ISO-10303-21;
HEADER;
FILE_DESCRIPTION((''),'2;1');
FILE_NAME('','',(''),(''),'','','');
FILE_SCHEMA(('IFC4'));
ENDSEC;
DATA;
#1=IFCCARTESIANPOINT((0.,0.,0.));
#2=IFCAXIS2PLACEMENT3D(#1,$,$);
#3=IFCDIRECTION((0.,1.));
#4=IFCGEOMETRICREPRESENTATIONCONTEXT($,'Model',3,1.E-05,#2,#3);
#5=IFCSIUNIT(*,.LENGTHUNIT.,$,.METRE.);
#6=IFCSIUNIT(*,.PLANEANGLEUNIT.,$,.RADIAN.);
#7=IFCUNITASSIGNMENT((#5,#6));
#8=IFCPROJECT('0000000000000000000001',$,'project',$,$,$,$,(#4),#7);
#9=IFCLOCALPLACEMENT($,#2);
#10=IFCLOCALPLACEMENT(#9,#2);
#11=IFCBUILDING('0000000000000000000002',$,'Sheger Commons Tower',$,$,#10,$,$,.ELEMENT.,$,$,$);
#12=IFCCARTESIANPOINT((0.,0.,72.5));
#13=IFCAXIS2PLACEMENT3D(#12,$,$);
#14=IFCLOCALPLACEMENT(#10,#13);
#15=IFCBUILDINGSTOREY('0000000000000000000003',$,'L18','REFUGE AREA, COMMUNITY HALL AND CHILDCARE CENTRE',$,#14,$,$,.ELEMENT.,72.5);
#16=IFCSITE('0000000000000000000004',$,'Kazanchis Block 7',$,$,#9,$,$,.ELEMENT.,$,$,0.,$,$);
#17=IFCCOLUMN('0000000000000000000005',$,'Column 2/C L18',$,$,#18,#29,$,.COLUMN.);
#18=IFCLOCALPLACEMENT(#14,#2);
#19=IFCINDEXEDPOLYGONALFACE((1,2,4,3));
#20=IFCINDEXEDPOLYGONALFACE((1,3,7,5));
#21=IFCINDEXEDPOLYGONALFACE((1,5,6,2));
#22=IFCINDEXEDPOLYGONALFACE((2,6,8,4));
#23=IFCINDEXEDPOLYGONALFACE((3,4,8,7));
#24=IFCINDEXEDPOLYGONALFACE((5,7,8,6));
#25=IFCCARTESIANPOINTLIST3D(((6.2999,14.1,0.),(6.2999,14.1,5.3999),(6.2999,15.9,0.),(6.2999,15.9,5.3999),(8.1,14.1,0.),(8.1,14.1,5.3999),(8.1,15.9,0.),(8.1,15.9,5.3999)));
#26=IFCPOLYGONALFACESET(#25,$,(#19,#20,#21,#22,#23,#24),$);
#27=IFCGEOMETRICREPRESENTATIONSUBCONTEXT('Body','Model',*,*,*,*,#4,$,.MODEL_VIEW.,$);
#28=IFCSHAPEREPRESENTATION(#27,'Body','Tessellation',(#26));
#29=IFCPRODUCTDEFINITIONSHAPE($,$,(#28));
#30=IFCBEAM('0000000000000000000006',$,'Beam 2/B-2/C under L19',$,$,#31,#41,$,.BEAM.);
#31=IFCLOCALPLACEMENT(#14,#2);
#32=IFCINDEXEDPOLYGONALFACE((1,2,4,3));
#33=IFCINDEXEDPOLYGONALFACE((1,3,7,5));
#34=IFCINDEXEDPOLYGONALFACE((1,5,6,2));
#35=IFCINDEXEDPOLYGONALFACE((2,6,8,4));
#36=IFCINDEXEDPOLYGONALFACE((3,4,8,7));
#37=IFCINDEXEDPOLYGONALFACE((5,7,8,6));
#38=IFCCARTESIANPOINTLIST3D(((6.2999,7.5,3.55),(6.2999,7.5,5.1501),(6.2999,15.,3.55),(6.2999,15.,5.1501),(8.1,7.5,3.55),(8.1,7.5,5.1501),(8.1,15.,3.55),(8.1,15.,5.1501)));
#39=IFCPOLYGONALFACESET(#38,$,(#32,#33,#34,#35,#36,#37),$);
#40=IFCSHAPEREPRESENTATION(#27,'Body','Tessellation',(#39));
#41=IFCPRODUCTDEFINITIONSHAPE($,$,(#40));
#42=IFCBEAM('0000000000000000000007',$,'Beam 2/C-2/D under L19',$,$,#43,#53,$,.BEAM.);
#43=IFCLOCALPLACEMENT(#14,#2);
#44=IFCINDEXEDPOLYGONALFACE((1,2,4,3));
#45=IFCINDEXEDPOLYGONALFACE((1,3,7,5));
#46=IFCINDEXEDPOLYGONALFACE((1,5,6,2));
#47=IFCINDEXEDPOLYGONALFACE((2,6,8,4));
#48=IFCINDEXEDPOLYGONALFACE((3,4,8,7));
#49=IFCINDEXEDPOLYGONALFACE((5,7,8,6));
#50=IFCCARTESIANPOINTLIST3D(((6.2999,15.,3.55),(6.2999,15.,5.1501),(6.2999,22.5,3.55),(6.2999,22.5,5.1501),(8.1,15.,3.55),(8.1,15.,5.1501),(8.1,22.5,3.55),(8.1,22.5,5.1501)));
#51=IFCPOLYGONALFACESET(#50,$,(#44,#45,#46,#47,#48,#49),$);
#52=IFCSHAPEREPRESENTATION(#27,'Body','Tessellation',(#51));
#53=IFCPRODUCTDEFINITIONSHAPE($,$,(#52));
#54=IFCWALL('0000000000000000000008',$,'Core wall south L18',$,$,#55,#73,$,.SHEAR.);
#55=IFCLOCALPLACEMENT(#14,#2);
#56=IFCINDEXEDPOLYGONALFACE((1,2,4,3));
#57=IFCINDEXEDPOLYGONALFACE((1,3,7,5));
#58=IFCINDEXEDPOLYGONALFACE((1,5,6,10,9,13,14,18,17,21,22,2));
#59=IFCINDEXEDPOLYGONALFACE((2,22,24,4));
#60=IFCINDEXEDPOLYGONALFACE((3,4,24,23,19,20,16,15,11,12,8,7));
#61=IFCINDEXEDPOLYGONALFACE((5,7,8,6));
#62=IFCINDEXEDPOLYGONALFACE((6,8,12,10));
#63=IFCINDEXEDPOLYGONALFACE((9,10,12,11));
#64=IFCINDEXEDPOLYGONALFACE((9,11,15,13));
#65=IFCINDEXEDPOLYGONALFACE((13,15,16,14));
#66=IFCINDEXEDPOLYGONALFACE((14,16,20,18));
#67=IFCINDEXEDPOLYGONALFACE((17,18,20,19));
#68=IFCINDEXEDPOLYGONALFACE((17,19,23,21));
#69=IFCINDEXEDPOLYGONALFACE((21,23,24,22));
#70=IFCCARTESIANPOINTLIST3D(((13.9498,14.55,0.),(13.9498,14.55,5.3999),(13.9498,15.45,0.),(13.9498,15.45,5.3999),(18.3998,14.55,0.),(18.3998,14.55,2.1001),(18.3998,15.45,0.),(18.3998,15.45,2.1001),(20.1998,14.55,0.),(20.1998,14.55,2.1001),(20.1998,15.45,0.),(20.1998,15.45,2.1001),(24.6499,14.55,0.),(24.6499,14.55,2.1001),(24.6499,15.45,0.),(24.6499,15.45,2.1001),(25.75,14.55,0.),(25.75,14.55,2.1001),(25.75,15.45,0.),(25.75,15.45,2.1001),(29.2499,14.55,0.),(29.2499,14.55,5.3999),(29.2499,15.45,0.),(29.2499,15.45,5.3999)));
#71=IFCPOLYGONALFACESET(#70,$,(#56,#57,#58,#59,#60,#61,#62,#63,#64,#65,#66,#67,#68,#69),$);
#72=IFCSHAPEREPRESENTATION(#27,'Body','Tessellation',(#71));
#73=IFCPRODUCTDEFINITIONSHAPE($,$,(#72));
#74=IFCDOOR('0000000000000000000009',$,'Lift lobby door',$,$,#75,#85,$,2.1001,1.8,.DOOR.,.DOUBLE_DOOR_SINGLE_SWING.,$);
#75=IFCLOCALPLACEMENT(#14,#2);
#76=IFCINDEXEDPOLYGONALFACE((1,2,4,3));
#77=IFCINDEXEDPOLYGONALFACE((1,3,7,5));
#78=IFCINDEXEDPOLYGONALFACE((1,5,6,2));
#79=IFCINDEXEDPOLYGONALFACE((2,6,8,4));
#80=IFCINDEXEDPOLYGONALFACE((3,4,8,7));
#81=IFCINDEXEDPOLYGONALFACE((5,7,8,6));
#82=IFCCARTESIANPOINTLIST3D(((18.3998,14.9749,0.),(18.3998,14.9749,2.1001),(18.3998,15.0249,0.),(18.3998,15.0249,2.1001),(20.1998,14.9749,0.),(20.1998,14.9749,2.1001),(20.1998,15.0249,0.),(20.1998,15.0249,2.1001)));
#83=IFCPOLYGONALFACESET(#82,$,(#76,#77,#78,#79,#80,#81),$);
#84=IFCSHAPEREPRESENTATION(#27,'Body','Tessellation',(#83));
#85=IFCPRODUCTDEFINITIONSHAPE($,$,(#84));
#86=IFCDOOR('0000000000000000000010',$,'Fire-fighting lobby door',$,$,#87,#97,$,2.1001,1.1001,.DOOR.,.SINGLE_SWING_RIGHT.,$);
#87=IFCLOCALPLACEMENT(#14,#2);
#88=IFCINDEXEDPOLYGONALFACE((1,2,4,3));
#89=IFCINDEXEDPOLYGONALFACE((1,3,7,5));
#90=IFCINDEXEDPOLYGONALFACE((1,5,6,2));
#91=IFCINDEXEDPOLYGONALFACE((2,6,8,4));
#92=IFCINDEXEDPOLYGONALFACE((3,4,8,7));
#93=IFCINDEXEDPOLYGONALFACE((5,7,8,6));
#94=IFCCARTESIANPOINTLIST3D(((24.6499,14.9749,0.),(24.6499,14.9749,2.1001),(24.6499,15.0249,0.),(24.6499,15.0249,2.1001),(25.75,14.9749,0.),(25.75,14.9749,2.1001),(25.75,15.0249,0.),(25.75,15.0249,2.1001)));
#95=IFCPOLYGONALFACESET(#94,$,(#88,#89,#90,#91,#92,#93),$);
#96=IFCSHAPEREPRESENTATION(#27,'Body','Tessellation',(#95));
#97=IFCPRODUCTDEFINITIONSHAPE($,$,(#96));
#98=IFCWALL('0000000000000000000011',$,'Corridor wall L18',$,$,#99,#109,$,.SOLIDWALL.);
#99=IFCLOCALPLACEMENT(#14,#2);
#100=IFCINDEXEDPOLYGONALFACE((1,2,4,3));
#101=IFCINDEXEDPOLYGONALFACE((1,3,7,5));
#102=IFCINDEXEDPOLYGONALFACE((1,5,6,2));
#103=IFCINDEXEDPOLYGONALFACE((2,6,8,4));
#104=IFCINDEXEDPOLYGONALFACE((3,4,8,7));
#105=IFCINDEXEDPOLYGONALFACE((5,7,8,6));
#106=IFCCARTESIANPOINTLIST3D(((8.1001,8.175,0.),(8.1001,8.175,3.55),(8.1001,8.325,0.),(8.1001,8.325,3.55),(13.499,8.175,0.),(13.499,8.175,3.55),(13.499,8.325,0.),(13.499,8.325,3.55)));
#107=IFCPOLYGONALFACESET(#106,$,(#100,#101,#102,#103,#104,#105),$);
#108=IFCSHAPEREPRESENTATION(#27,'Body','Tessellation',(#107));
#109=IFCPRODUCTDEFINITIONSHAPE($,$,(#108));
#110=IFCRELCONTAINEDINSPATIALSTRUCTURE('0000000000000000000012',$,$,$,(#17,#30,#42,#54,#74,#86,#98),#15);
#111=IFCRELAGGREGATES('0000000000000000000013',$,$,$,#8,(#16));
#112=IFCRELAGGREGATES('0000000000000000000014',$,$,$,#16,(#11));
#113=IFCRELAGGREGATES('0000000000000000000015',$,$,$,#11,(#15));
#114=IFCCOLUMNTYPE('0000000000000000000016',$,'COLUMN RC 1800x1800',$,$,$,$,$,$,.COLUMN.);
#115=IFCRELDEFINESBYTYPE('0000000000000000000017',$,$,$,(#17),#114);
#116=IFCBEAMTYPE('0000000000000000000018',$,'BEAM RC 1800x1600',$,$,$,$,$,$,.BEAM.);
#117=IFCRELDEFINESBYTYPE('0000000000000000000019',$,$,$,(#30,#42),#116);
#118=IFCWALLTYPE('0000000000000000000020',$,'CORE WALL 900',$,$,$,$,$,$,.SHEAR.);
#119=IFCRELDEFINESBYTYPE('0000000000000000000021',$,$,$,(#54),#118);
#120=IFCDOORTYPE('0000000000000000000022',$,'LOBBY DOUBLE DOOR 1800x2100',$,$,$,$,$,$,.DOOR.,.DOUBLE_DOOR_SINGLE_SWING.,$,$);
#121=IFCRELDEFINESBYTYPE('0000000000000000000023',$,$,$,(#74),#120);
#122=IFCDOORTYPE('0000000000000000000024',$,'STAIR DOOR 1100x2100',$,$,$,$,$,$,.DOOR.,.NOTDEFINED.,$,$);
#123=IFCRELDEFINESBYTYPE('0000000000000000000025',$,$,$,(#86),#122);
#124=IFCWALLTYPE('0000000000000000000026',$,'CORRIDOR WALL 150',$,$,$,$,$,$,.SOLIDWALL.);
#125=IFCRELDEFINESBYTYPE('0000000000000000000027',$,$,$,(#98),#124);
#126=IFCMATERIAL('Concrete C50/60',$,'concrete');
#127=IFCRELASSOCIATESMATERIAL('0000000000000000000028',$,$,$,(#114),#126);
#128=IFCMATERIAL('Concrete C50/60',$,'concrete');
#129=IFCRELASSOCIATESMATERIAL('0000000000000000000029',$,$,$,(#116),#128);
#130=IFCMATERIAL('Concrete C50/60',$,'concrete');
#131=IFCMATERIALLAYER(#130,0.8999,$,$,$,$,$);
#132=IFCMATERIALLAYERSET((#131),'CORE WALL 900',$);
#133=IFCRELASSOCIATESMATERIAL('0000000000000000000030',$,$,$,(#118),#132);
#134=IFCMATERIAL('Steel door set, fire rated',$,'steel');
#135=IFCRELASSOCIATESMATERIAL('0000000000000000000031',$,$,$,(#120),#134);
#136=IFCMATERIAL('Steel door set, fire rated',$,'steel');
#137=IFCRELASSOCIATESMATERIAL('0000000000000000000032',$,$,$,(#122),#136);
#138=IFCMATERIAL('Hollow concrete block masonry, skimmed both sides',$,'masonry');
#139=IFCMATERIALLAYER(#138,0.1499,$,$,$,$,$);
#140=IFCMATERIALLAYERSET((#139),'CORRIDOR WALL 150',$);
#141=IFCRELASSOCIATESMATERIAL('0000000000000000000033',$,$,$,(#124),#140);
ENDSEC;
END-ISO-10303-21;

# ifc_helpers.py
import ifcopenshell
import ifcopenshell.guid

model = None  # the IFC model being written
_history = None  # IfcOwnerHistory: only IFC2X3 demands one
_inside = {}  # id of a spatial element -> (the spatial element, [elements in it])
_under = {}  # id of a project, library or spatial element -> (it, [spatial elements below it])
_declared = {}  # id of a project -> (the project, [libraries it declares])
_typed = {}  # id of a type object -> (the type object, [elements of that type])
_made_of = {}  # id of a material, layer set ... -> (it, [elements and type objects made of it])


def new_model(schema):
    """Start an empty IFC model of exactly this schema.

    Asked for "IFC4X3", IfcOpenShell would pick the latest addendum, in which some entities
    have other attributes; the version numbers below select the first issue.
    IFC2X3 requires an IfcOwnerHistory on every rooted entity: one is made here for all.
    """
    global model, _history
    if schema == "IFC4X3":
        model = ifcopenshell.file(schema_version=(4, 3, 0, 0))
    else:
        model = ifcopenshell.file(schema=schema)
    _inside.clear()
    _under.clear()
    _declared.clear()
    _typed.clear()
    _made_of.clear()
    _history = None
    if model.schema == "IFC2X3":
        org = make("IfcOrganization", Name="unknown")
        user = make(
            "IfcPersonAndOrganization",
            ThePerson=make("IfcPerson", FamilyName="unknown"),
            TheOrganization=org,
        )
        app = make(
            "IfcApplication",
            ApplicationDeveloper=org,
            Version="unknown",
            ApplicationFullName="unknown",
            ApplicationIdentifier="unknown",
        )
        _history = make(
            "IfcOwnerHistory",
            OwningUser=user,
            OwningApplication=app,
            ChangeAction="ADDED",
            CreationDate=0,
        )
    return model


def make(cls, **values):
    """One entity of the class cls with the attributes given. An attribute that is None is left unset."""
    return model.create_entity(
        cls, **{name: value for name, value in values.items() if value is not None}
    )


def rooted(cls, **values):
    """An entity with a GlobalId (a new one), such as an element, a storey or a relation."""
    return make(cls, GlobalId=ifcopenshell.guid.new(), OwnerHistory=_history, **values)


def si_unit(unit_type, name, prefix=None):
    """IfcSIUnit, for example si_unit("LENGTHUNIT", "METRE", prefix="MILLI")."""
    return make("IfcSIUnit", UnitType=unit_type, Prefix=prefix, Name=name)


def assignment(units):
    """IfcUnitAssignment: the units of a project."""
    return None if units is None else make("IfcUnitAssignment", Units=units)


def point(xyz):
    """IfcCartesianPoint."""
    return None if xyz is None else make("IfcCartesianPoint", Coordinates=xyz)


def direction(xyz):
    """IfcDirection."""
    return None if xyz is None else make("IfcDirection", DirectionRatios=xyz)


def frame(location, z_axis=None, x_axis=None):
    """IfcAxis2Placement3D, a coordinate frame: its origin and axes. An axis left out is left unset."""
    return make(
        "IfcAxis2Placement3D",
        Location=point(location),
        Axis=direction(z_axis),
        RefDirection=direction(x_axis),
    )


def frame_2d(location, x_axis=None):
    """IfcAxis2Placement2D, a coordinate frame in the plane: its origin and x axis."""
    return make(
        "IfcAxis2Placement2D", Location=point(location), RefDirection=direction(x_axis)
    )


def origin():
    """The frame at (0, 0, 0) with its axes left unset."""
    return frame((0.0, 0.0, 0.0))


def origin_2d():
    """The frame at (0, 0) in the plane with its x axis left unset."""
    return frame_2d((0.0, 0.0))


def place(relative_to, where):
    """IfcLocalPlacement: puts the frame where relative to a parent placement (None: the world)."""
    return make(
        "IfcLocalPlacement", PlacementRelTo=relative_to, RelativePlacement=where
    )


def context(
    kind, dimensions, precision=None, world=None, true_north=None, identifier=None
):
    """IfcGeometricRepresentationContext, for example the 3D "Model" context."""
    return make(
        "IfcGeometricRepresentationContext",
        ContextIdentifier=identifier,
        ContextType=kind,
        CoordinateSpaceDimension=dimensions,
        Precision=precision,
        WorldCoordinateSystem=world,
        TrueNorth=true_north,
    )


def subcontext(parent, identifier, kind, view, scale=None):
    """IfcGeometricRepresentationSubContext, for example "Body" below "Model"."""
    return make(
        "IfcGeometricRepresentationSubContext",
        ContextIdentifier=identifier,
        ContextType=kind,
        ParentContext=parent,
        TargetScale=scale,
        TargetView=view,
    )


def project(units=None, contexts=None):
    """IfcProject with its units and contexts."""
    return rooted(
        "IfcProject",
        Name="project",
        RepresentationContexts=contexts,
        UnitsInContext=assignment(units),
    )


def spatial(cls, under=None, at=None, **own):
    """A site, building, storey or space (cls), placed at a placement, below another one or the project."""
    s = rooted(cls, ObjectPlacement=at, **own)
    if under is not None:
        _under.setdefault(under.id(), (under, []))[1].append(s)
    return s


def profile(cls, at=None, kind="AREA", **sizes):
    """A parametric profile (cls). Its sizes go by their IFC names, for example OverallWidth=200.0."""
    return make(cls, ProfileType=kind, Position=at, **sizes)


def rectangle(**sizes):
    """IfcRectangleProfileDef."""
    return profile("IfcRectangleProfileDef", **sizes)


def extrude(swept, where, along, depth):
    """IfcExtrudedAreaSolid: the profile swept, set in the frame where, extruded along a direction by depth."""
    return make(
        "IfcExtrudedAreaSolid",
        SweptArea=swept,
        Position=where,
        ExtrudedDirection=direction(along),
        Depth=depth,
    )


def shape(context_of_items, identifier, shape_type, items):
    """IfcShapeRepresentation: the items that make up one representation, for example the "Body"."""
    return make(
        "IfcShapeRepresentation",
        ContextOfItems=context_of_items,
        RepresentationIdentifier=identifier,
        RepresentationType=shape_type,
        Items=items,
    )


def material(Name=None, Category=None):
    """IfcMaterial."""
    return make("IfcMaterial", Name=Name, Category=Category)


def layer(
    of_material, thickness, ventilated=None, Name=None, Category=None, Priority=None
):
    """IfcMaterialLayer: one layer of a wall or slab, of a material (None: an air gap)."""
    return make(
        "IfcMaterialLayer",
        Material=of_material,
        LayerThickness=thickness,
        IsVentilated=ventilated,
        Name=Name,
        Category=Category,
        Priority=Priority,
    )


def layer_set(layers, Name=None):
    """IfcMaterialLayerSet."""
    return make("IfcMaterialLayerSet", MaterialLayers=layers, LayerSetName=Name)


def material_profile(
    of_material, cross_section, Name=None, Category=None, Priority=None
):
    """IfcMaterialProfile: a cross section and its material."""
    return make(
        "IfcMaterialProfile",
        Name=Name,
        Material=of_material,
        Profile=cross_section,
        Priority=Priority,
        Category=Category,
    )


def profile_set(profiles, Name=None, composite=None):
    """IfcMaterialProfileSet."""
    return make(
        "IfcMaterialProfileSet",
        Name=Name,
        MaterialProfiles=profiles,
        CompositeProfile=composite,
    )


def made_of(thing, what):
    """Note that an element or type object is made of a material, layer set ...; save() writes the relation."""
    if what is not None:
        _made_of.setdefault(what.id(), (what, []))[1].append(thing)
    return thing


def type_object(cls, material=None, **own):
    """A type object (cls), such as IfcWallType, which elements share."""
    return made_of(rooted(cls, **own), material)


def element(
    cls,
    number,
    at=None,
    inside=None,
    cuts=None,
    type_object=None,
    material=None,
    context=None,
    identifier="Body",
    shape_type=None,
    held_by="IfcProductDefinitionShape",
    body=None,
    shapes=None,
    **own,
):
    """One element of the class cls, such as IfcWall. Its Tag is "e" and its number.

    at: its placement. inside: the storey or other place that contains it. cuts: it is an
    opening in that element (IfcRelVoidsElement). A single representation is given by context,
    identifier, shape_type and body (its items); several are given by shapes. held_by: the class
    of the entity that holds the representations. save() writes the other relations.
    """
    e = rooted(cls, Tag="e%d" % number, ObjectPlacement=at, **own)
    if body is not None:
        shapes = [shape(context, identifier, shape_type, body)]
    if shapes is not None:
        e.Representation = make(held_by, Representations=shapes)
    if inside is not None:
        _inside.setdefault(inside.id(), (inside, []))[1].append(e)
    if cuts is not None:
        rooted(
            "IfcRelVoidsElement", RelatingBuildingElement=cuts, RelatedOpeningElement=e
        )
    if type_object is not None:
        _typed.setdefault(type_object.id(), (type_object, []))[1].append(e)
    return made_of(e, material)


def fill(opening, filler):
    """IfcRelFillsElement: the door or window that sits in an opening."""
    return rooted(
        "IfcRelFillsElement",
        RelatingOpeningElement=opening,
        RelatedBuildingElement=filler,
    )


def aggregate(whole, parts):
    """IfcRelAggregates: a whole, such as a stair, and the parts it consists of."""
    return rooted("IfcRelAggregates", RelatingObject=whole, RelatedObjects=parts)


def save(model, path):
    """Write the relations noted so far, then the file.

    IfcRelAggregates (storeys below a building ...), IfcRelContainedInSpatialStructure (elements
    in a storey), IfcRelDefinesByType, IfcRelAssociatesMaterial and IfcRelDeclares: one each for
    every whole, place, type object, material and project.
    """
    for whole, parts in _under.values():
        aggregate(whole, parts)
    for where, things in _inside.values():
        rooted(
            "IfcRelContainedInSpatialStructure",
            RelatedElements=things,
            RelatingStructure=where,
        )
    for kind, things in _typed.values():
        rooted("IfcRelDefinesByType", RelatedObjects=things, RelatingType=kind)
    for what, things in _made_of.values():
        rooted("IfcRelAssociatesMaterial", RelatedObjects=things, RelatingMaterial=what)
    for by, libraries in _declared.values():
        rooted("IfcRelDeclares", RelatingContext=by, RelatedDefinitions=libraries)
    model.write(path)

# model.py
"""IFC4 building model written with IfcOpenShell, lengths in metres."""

from ifc_helpers import new_model, si_unit, direction, frame, frame_2d, origin, origin_2d, place, context, subcontext, project, spatial, rectangle, extrude, material, layer, layer_set, material_profile, profile_set, type_object, element, fill, save


model = new_model("IFC4")

# Units and contexts
model_context = context("Model", 3, precision=1e-05, world=origin(), true_north=direction((0.0, 1.0)))
body_context = subcontext(model_context, "Body", "Model", "MODEL_VIEW")
ifc_project = project(units=[si_unit("LENGTHUNIT", "METRE"), si_unit("PLANEANGLEUNIT", "RADIAN")], contexts=[model_context])

# Site, building, storey
site_placement = place(None, origin())
site = spatial("IfcSite", under=ifc_project, at=site_placement, Name="Kazanchis Block 7", CompositionType="ELEMENT", RefElevation=0.0)
building_placement = place(site_placement, origin())
building = spatial("IfcBuilding", under=site, at=building_placement, Name="Sheger Commons Tower", CompositionType="ELEMENT")
storey_placement = place(building_placement, frame((0.0, 0.0, 72.5)))
storey = spatial("IfcBuildingStorey", under=building, at=storey_placement, Name="L18", Description="REFUGE AREA, COMMUNITY HALL AND CHILDCARE CENTRE", CompositionType="ELEMENT", Elevation=72.5)

# Column
ifc_material_1 = material(Name="Concrete C50/60", Category="concrete")
ifc_material_profile_1 = material_profile(ifc_material_1, rectangle(XDim=1.8, YDim=1.8, at=origin_2d()), Name="RC 1800x1800")
ifc_profile_set_1 = profile_set([ifc_material_profile_1], Name="Concrete C50/60")
column_type = type_object("IfcColumnType", Name="COLUMN RC 1800x1800", PredefinedType="COLUMN", material=ifc_profile_set_1)
column_placement = place(storey_placement, frame((7.2, 15.0, 0.0), z_axis=(0.0, 0.0, 1.0), x_axis=(1.0, 0.0, 0.0)))
element("IfcColumn", 1, at=column_placement, inside=storey, type_object=column_type, Name="Column 2/C L18", PredefinedType="COLUMN", context=body_context, shape_type="SweptSolid", body=[
    extrude(rectangle(XDim=1.8, YDim=1.8, at=origin_2d()), origin(), (0.0, 0.0, 1.0), 5.3999),
])

# Beams
ifc_material_2 = material(Name="Concrete C50/60", Category="concrete")
ifc_material_profile_2 = material_profile(ifc_material_2, rectangle(XDim=1.8, YDim=1.6001, at=origin_2d()), Name="RC 1800x1600")
ifc_profile_set_2 = profile_set([ifc_material_profile_2], Name="Concrete C50/60")
beam_type = type_object("IfcBeamType", Name="BEAM RC 1800x1600", PredefinedType="BEAM", material=ifc_profile_set_2)
for number, where, z_axis, x_axis, name in (
    (2, (7.2, 7.5, 4.3501), (0.0, 1.0, 0.0), (-1.0, 0.0, 0.0), "Beam 2/B-2/C under L19"),
    (3, (7.2, 15.0, 4.3501), (0.0, 1.0, 0.0), (-1.0, 0.0, 0.0), "Beam 2/C-2/D under L19"),
):
    element("IfcBeam", number, at=place(storey_placement, frame(where, z_axis=z_axis, x_axis=x_axis)), inside=storey, type_object=beam_type, Name=name, PredefinedType="BEAM", context=body_context, shape_type="SweptSolid", body=[
        extrude(rectangle(XDim=1.8, YDim=1.6001, at=origin_2d()), origin(), (0.0, 0.0, 1.0), 7.5),
    ])

# Wall, openings, doors
ifc_material_3 = material(Name="Concrete C50/60", Category="concrete")
ifc_layer_1 = layer(ifc_material_3, 0.8999)
ifc_layer_set_1 = layer_set([ifc_layer_1], Name="CORE WALL 900")
wall_type_1 = type_object("IfcWallType", Name="CORE WALL 900", PredefinedType="SHEAR", material=ifc_layer_set_1)
wall_1_placement = place(storey_placement, frame((13.95, 15.0, 0.0), z_axis=(0.0, 0.0, 1.0), x_axis=(1.0, 0.0, 0.0)))
wall_1 = element("IfcWall", 4, at=wall_1_placement, inside=storey, type_object=wall_type_1, Name="Core wall south L18", PredefinedType="SHEAR", context=body_context, shape_type="SweptSolid", body=[
    extrude(rectangle(XDim=15.3, YDim=0.8999, at=frame_2d((7.6499, 0.0))), origin(), (0.0, 0.0, 1.0), 5.3999),
])
opening_1_placement = place(wall_1_placement, frame((4.45, 0.0, 0.0)))
opening_1 = element("IfcOpeningElement", 5, at=opening_1_placement, cuts=wall_1, PredefinedType="OPENING", context=body_context, shape_type="SweptSolid", body=[
    extrude(rectangle(XDim=1.8, YDim=2.1001, at=frame_2d((0.8999, 1.05))), frame((0.0, 0.46, 0.0), z_axis=(0.0, -1.0, 0.0), x_axis=(1.0, 0.0, 0.0)), (0.0, 0.0, 1.0), 0.9199),
])
opening_2_placement = place(wall_1_placement, frame((10.7, 0.0, 0.0)))
opening_2 = element("IfcOpeningElement", 6, at=opening_2_placement, cuts=wall_1, PredefinedType="OPENING", context=body_context, shape_type="SweptSolid", body=[
    extrude(rectangle(XDim=1.1001, YDim=2.1001, at=frame_2d((0.55, 1.05))), frame((0.0, 0.46, 0.0), z_axis=(0.0, -1.0, 0.0), x_axis=(1.0, 0.0, 0.0)), (0.0, 0.0, 1.0), 0.9199),
])
ifc_material_4 = material(Name="Steel door set, fire rated", Category="steel")
door_type_1 = type_object("IfcDoorType", Name="LOBBY DOUBLE DOOR 1800x2100", OperationType="DOUBLE_DOOR_SINGLE_SWING", PredefinedType="DOOR", material=ifc_material_4)
door_1_placement = place(opening_1_placement, origin())
door_1 = element("IfcDoor", 7, at=door_1_placement, inside=storey, type_object=door_type_1, Name="Lift lobby door", OperationType="DOUBLE_DOOR_SINGLE_SWING", OverallHeight=2.1001, OverallWidth=1.8, PredefinedType="DOOR", context=body_context, shape_type="SweptSolid", body=[
    extrude(rectangle(XDim=1.8, YDim=2.1001, at=frame_2d((0.8999, 1.05))), frame((0.0, 0.0249, 0.0), z_axis=(0.0, -1.0, 0.0), x_axis=(1.0, 0.0, 0.0)), (0.0, 0.0, 1.0), 0.05),
])
fill(opening_1, door_1)
ifc_material_5 = material(Name="Steel door set, fire rated", Category="steel")
door_type_2 = type_object("IfcDoorType", Name="STAIR DOOR 1100x2100", OperationType="NOTDEFINED", PredefinedType="DOOR", material=ifc_material_5)
door_2_placement = place(opening_2_placement, origin())
door_2 = element("IfcDoor", 8, at=door_2_placement, inside=storey, type_object=door_type_2, Name="Fire-fighting lobby door", OperationType="SINGLE_SWING_RIGHT", OverallHeight=2.1001, OverallWidth=1.1001, PredefinedType="DOOR", context=body_context, shape_type="SweptSolid", body=[
    extrude(rectangle(XDim=1.1001, YDim=2.1001, at=frame_2d((0.55, 1.05))), frame((0.0, 0.0249, 0.0), z_axis=(0.0, -1.0, 0.0), x_axis=(1.0, 0.0, 0.0)), (0.0, 0.0, 1.0), 0.05),
])
fill(opening_2, door_2)

# Wall
ifc_material_6 = material(Name="Hollow concrete block masonry, skimmed both sides", Category="masonry")
ifc_layer_2 = layer(ifc_material_6, 0.1499)
ifc_layer_set_2 = layer_set([ifc_layer_2], Name="CORRIDOR WALL 150")
wall_type_2 = type_object("IfcWallType", Name="CORRIDOR WALL 150", PredefinedType="SOLIDWALL", material=ifc_layer_set_2)
wall_2_placement = place(storey_placement, frame((13.499, 8.25, 0.0), z_axis=(0.0, 0.0, 1.0), x_axis=(-1.0, 0.0, 0.0)))
element("IfcWall", 9, at=wall_2_placement, inside=storey, type_object=wall_type_2, Name="Corridor wall L18", PredefinedType="SOLIDWALL", context=body_context, shape_type="SweptSolid", body=[
    extrude(rectangle(XDim=5.3989, YDim=0.1499, at=frame_2d((2.6995, 0.0))), origin(), (0.0, 0.0, 1.0), 3.55),
])

save(model, "model.ifc")
